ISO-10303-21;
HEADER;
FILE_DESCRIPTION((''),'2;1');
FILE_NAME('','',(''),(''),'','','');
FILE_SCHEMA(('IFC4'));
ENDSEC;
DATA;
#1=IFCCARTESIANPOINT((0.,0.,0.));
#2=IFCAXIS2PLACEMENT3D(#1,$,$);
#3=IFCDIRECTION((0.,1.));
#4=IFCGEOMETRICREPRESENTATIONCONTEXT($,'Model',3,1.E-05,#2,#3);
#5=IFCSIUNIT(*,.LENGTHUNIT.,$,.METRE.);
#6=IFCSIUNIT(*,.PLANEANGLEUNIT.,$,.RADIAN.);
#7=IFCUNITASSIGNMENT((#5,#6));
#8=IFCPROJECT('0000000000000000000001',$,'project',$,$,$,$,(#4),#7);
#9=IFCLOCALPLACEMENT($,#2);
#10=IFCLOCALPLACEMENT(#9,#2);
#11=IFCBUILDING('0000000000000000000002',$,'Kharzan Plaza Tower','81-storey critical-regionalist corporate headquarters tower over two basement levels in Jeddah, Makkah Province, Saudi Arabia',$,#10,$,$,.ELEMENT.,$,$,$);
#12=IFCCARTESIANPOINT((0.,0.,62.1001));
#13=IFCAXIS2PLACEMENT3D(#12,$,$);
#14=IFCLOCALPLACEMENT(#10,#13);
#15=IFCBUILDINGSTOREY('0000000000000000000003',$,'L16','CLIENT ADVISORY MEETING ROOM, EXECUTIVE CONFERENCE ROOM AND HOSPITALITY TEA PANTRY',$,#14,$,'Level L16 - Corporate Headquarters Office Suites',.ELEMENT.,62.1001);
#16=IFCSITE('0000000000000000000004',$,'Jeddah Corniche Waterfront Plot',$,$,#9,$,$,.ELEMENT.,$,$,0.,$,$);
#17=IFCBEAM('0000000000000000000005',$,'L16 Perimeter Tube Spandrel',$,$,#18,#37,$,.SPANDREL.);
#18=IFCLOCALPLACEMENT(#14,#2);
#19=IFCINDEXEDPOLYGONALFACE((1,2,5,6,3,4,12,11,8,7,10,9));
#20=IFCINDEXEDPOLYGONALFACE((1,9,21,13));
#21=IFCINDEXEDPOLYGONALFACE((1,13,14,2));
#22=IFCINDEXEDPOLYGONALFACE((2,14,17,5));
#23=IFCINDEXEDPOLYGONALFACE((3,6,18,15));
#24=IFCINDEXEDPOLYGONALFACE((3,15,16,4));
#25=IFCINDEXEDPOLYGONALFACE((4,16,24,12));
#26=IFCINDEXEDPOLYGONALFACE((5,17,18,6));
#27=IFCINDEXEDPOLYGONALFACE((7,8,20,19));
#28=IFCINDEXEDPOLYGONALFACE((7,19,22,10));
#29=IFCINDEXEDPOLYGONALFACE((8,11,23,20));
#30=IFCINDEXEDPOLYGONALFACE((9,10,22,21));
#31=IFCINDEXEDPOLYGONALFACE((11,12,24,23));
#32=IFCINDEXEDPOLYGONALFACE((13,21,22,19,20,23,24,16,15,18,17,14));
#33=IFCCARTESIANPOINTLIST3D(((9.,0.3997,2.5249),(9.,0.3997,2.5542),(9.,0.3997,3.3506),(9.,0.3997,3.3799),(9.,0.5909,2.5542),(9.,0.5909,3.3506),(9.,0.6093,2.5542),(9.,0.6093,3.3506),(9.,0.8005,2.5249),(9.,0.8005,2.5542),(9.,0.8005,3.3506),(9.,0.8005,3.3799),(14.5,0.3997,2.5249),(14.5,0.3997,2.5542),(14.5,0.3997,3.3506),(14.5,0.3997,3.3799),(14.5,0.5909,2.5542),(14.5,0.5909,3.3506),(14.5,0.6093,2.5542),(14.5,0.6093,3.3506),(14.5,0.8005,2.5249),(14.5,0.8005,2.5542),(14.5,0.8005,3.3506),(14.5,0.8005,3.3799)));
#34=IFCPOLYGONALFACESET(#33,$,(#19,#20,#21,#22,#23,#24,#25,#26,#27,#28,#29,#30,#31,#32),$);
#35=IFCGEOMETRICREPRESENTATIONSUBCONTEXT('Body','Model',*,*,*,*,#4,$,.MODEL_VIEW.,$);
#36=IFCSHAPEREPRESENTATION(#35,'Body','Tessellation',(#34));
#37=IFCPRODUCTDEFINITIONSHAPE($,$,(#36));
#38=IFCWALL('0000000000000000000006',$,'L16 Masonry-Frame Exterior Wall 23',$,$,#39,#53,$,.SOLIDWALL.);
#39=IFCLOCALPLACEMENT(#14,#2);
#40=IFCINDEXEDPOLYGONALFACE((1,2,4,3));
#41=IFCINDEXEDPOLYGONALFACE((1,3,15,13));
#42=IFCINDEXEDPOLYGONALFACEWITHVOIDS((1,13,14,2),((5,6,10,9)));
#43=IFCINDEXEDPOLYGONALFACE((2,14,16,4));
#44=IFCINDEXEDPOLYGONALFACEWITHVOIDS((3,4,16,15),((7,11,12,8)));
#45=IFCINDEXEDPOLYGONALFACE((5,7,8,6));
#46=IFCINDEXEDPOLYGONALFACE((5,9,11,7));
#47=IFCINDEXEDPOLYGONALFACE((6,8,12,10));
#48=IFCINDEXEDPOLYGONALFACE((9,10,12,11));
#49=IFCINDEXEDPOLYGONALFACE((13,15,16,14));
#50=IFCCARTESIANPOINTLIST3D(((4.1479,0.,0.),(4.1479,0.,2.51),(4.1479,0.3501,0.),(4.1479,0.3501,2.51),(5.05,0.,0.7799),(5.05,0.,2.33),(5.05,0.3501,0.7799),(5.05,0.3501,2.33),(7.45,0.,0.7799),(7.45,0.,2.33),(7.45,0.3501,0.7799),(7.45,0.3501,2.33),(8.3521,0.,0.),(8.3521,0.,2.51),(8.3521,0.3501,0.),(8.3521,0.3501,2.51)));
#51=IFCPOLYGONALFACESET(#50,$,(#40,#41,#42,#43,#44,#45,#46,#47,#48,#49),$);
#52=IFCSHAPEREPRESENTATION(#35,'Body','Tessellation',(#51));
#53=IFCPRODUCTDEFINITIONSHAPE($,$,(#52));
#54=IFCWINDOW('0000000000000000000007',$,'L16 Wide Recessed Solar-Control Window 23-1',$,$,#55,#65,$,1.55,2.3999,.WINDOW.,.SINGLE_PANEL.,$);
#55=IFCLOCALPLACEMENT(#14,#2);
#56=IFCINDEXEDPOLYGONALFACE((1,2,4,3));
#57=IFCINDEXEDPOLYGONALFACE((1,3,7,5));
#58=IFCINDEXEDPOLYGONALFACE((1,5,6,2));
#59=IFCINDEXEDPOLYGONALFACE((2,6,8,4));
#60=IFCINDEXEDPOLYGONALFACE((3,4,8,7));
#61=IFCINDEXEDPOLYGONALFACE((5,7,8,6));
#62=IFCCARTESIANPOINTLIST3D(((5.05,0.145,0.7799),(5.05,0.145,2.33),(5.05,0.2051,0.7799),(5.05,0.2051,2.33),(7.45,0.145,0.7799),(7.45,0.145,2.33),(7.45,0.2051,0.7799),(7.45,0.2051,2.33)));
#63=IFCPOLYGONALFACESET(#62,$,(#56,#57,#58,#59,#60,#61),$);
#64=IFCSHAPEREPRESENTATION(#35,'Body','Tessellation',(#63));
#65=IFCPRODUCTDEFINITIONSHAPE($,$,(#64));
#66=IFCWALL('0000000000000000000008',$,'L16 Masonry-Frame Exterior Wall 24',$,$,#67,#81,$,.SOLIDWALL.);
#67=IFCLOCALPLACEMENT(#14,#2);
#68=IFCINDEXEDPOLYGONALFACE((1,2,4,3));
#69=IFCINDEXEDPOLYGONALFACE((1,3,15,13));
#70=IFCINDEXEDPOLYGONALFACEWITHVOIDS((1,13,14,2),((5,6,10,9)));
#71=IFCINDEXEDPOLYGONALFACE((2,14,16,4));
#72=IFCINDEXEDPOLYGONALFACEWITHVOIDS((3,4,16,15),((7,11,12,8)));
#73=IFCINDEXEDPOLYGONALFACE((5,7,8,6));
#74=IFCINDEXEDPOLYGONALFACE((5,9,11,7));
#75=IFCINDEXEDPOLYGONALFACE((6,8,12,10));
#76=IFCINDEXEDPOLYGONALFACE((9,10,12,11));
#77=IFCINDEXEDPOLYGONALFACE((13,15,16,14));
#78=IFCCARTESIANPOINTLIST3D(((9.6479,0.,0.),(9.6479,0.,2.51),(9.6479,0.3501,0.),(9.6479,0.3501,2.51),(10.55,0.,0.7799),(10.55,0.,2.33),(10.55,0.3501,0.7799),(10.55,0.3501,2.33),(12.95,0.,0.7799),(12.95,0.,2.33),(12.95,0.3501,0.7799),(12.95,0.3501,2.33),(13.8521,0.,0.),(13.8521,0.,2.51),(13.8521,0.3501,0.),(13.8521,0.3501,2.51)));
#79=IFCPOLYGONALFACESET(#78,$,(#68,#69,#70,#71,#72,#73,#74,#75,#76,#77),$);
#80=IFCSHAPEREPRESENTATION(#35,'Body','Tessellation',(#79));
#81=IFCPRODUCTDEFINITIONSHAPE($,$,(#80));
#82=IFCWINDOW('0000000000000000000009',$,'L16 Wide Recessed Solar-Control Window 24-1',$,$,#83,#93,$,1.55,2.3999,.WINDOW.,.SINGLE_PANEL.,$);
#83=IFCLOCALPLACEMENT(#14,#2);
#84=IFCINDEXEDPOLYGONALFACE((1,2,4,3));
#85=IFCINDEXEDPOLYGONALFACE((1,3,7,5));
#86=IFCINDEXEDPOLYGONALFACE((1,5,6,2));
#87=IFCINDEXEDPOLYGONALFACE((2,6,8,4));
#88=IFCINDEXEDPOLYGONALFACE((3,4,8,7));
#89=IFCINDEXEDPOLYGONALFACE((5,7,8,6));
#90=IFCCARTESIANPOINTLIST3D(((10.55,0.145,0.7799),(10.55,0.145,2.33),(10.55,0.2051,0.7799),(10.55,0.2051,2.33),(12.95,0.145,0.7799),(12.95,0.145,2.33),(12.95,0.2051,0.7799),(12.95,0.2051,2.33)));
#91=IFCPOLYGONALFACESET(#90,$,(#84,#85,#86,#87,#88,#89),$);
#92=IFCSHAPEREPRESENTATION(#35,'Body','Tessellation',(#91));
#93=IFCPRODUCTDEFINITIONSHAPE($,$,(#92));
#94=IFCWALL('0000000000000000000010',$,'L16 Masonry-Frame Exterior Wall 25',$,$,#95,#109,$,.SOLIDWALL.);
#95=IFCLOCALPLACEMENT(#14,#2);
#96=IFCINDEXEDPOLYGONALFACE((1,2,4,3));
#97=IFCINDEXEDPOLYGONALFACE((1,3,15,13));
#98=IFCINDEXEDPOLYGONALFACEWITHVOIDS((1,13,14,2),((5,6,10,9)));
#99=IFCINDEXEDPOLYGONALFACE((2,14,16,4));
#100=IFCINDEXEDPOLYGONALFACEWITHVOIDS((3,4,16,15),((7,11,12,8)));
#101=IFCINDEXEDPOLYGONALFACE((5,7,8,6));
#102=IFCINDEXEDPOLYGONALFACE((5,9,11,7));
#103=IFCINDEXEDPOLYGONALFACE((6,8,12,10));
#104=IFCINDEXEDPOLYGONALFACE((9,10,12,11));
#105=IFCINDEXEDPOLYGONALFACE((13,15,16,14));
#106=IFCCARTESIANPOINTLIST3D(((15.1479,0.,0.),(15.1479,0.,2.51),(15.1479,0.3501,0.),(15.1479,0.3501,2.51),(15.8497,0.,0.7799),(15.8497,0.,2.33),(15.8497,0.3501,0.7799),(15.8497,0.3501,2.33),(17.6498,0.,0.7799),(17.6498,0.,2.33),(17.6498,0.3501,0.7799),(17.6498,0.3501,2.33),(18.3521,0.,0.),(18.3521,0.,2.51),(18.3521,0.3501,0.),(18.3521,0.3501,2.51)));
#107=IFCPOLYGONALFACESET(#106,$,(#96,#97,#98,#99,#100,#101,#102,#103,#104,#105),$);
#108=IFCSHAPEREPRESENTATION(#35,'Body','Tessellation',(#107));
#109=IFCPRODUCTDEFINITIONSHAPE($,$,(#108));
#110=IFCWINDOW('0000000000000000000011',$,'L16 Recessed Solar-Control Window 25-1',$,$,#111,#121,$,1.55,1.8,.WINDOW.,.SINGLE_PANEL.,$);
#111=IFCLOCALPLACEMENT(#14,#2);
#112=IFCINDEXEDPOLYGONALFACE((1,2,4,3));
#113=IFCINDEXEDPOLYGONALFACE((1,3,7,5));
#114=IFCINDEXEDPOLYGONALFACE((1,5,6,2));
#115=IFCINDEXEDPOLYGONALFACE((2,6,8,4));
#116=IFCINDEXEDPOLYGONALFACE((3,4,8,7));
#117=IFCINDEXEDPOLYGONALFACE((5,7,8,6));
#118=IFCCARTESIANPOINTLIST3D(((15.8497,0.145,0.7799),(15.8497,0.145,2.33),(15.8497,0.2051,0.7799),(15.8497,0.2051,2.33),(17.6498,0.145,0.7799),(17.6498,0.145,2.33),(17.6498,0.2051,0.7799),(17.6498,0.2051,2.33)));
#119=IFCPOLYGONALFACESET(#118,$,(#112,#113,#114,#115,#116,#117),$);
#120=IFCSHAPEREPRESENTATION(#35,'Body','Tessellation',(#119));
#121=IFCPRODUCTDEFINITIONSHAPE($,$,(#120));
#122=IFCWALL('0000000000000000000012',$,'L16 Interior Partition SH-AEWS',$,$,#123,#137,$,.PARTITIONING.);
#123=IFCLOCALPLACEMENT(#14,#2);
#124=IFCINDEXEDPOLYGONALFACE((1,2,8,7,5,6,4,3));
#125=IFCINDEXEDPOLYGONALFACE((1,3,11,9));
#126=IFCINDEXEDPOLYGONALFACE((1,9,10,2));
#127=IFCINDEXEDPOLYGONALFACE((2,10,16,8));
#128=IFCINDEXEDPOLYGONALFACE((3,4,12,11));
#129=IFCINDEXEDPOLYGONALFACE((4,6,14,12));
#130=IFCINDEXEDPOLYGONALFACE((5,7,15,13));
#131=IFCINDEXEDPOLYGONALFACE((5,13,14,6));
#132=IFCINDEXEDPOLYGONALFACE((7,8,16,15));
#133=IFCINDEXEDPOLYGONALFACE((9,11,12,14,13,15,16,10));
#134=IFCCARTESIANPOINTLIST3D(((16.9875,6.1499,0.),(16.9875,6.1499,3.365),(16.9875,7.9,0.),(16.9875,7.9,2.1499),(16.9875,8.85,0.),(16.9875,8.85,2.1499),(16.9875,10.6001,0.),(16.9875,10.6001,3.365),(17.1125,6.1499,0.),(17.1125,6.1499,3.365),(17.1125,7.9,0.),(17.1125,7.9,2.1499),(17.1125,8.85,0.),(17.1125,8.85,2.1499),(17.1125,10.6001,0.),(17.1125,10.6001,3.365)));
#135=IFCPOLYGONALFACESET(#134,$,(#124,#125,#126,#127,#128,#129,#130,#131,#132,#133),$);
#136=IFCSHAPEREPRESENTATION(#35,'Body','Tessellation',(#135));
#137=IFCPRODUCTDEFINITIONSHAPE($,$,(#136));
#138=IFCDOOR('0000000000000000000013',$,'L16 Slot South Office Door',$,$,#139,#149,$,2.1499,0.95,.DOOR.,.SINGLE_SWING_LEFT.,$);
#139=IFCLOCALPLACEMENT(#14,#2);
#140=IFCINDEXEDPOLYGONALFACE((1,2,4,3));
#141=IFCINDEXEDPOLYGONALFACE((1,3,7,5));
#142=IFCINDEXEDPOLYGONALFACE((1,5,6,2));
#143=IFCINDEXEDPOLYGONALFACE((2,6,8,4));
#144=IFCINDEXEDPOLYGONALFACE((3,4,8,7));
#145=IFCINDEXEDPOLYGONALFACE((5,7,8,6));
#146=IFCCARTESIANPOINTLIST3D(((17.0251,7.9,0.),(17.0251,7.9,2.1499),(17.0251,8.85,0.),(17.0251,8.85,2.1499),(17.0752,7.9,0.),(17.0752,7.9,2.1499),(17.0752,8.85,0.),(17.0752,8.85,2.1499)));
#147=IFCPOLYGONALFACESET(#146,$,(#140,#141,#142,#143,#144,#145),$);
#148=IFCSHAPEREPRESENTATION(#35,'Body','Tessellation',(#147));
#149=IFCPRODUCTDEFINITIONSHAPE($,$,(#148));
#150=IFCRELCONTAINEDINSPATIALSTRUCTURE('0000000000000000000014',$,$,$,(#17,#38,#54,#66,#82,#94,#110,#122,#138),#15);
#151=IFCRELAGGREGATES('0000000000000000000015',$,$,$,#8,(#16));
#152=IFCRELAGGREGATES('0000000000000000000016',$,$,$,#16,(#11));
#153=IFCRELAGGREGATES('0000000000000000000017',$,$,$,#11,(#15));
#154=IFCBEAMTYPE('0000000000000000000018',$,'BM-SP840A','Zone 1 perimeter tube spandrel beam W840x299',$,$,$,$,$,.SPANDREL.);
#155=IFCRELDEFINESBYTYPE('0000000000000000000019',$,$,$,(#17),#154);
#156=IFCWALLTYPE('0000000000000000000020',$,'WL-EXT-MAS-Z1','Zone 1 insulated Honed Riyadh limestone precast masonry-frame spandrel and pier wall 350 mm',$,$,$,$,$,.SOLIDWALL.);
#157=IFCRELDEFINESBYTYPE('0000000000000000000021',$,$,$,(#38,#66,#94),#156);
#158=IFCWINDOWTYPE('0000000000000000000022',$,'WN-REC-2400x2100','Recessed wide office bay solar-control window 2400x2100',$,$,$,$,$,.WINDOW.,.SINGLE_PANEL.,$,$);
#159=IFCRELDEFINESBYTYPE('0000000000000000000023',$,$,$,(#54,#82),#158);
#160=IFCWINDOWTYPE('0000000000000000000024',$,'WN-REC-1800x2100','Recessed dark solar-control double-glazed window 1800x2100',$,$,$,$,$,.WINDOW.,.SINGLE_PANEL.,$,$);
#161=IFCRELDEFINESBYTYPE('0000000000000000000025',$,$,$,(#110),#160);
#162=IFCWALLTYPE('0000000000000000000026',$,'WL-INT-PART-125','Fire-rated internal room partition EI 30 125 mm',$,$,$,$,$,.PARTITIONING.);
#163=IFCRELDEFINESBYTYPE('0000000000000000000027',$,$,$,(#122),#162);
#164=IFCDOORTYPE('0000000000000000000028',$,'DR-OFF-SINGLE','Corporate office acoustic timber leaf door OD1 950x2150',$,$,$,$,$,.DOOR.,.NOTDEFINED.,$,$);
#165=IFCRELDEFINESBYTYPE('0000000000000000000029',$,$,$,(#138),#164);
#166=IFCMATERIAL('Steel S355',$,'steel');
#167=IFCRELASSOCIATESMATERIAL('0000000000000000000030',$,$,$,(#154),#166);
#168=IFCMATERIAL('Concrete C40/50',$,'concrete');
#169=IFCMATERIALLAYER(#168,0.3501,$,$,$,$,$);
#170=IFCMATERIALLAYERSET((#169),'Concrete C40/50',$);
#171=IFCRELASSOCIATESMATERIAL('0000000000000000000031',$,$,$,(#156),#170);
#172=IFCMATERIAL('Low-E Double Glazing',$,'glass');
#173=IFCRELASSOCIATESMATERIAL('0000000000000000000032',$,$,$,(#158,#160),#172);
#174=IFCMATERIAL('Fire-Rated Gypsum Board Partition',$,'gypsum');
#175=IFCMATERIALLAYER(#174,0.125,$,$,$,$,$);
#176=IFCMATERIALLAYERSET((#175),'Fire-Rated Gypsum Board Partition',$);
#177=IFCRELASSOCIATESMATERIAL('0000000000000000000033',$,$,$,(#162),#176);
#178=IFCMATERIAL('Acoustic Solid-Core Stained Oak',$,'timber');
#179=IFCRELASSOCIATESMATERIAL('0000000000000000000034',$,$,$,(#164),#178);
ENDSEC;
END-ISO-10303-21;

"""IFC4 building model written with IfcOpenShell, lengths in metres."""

from ifc_helpers import new_model, si_unit, direction, frame, frame_2d, origin, origin_2d, place, context, subcontext, project, spatial, rectangle, i_section, extrude, source, transform, mapped, material, layer, layer_set, material_profile, profile_set, type_object, element, fill, save


model = new_model("IFC4")

# Units and contexts
model_context = context("Model", 3, precision=1e-05, world=origin(), true_north=direction((0.0, 1.0)))
body_context = subcontext(model_context, "Body", "Model", "MODEL_VIEW")
ifc_project = project(units=[si_unit("LENGTHUNIT", "METRE"), si_unit("PLANEANGLEUNIT", "RADIAN")], contexts=[model_context])

# Site, building, storey
site_placement = place(None, origin())
site = spatial("IfcSite", under=ifc_project, at=site_placement, Name="Jeddah Corniche Waterfront Plot", CompositionType="ELEMENT", RefElevation=0.0)
building_placement = place(site_placement, origin())
building = spatial("IfcBuilding", under=site, at=building_placement, Name="Kharzan Plaza Tower", Description="81-storey critical-regionalist corporate headquarters tower over two basement levels in Jeddah, Makkah Province, Saudi Arabia", CompositionType="ELEMENT")
storey_placement = place(building_placement, frame((0.0, 0.0, 62.1001)))
storey = spatial("IfcBuildingStorey", under=building, at=storey_placement, Name="L16", Description="CLIENT ADVISORY MEETING ROOM, EXECUTIVE CONFERENCE ROOM AND HOSPITALITY TEA PANTRY", LongName="Level L16 - Corporate Headquarters Office Suites", CompositionType="ELEMENT", Elevation=62.1001)

# Beam
ifc_material_1 = material(Name="Steel S355", Category="steel")
ifc_material_profile_1 = material_profile(ifc_material_1, i_section(OverallWidth=0.4009, OverallDepth=0.855, WebThickness=0.0183, FlangeThickness=0.0293, at=origin_2d()), Name="W840x299")
ifc_profile_set_1 = profile_set([ifc_material_profile_1], Name="Steel S355")
beam_type_1 = type_object("IfcBeamType", Name="BM-SP840A", Description="Zone 1 perimeter tube spandrel beam W840x299", PredefinedType="SPANDREL", material=ifc_profile_set_1)
shared_shape_1 = source(origin(), body_context, "Body", "SweptSolid", [
    extrude(i_section(OverallWidth=0.4009, OverallDepth=0.855, WebThickness=0.0183, FlangeThickness=0.0293, at=origin_2d()), origin(), (0.0, 0.0, 1.0), 5.5),
])
beam_1_placement = place(storey_placement, frame((9.0, 0.6001, 2.9524), z_axis=(1.0, 0.0, 0.0), x_axis=(0.0, 1.0, 0.0)))
element("IfcBeam", 1, at=beam_1_placement, inside=storey, type_object=beam_type_1, Name="L16 Perimeter Tube Spandrel", PredefinedType="SPANDREL", context=body_context, shape_type="MappedRepresentation", body=[
    mapped(shared_shape_1, transform((0.0, 0.0, 0.0), x_axis=(1.0, 0.0, 0.0), y_axis=(0.0, 1.0, 0.0), z_axis=(0.0, 0.0, 1.0))),
])

# Walls, openings, windows
ifc_material_2 = material(Name="Concrete C40/50", Category="concrete")
ifc_layer_1 = layer(ifc_material_2, 0.3501)
ifc_layer_set_1 = layer_set([ifc_layer_1], Name="Concrete C40/50")
wall_type_1 = type_object("IfcWallType", Name="WL-EXT-MAS-Z1", Description="Zone 1 insulated Honed Riyadh limestone precast masonry-frame spandrel and pier wall 350 mm", PredefinedType="SOLIDWALL", material=ifc_layer_set_1)
wall_1_placement = place(storey_placement, frame((4.1479, 0.175, 0.0), z_axis=(0.0, 0.0, 1.0), x_axis=(1.0, 0.0, 0.0)))
wall_1 = element("IfcWall", 2, at=wall_1_placement, inside=storey, type_object=wall_type_1, Name="L16 Masonry-Frame Exterior Wall 23", PredefinedType="SOLIDWALL", context=body_context, shape_type="SweptSolid", body=[
    extrude(rectangle(XDim=4.2041, YDim=0.3501, at=frame_2d((2.1021, 0.0))), origin(), (0.0, 0.0, 1.0), 2.51),
])
opening_1_placement = place(wall_1_placement, frame((0.9021, 0.0, 0.78)))
opening_1 = element("IfcOpeningElement", 3, at=opening_1_placement, cuts=wall_1, PredefinedType="OPENING", context=body_context, shape_type="SweptSolid", body=[
    extrude(rectangle(XDim=2.3999, YDim=1.55, at=frame_2d((1.2, 0.7749))), frame((0.0, 0.1851, 0.0), z_axis=(0.0, -1.0, 0.0), x_axis=(1.0, 0.0, 0.0)), (0.0, 0.0, 1.0), 0.3701),
])
ifc_material_3 = material(Name="Low-E Double Glazing", Category="glass")
window_type_1 = type_object("IfcWindowType", Name="WN-REC-2400x2100", Description="Recessed wide office bay solar-control window 2400x2100", PartitioningType="SINGLE_PANEL", PredefinedType="WINDOW", material=ifc_material_3)
shared_shape_2 = source(origin(), body_context, "Body", "SweptSolid", [
    extrude(rectangle(XDim=2.3999, YDim=1.55, at=frame_2d((1.2, 0.7749))), frame((0.0, 0.03, 0.0), z_axis=(0.0, -1.0, 0.0), x_axis=(1.0, 0.0, 0.0)), (0.0, 0.0, 1.0), 0.0601),
])
window_1_placement = place(opening_1_placement, origin())
window_1 = element("IfcWindow", 4, at=window_1_placement, inside=storey, type_object=window_type_1, Name="L16 Wide Recessed Solar-Control Window 23-1", OverallHeight=1.55, OverallWidth=2.3999, PartitioningType="SINGLE_PANEL", PredefinedType="WINDOW", context=body_context, shape_type="MappedRepresentation", body=[
    mapped(shared_shape_2, transform((0.0, 0.0, 0.0), x_axis=(1.0, 0.0, 0.0), y_axis=(0.0, 1.0, 0.0), z_axis=(0.0, 0.0, 1.0))),
])
fill(opening_1, window_1)
wall_2_placement = place(storey_placement, frame((9.6479, 0.175, 0.0), z_axis=(0.0, 0.0, 1.0), x_axis=(1.0, 0.0, 0.0)))
wall_2 = element("IfcWall", 5, at=wall_2_placement, inside=storey, type_object=wall_type_1, Name="L16 Masonry-Frame Exterior Wall 24", PredefinedType="SOLIDWALL", context=body_context, shape_type="SweptSolid", body=[
    extrude(rectangle(XDim=4.2041, YDim=0.3501, at=frame_2d((2.1021, 0.0))), origin(), (0.0, 0.0, 1.0), 2.51),
])
opening_2_placement = place(wall_2_placement, frame((0.9021, 0.0, 0.78)))
opening_2 = element("IfcOpeningElement", 6, at=opening_2_placement, cuts=wall_2, PredefinedType="OPENING", context=body_context, shape_type="SweptSolid", body=[
    extrude(rectangle(XDim=2.3999, YDim=1.55, at=frame_2d((1.2, 0.7749))), frame((0.0, 0.1851, 0.0), z_axis=(0.0, -1.0, 0.0), x_axis=(1.0, 0.0, 0.0)), (0.0, 0.0, 1.0), 0.3701),
])
window_2_placement = place(opening_2_placement, origin())
window_2 = element("IfcWindow", 7, at=window_2_placement, inside=storey, type_object=window_type_1, Name="L16 Wide Recessed Solar-Control Window 24-1", OverallHeight=1.55, OverallWidth=2.3999, PartitioningType="SINGLE_PANEL", PredefinedType="WINDOW", context=body_context, shape_type="MappedRepresentation", body=[
    mapped(shared_shape_2, transform((0.0, 0.0, 0.0), x_axis=(1.0, 0.0, 0.0), y_axis=(0.0, 1.0, 0.0), z_axis=(0.0, 0.0, 1.0))),
])
fill(opening_2, window_2)
wall_3_placement = place(storey_placement, frame((15.1479, 0.175, 0.0), z_axis=(0.0, 0.0, 1.0), x_axis=(1.0, 0.0, 0.0)))
wall_3 = element("IfcWall", 8, at=wall_3_placement, inside=storey, type_object=wall_type_1, Name="L16 Masonry-Frame Exterior Wall 25", PredefinedType="SOLIDWALL", context=body_context, shape_type="SweptSolid", body=[
    extrude(rectangle(XDim=3.2041, YDim=0.3501, at=frame_2d((1.6021, 0.0))), origin(), (0.0, 0.0, 1.0), 2.51),
])
opening_3_placement = place(wall_3_placement, frame((0.7019, 0.0, 0.78)))
opening_3 = element("IfcOpeningElement", 9, at=opening_3_placement, cuts=wall_3, PredefinedType="OPENING", context=body_context, shape_type="SweptSolid", body=[
    extrude(rectangle(XDim=1.8, YDim=1.55, at=frame_2d((0.8999, 0.7749))), frame((0.0, 0.1851, 0.0), z_axis=(0.0, -1.0, 0.0), x_axis=(1.0, 0.0, 0.0)), (0.0, 0.0, 1.0), 0.3701),
])
window_type_2 = type_object("IfcWindowType", Name="WN-REC-1800x2100", Description="Recessed dark solar-control double-glazed window 1800x2100", PartitioningType="SINGLE_PANEL", PredefinedType="WINDOW", material=ifc_material_3)
shared_shape_3 = source(origin(), body_context, "Body", "SweptSolid", [
    extrude(rectangle(XDim=1.8, YDim=1.55, at=frame_2d((0.8999, 0.7749))), frame((0.0, 0.03, 0.0), z_axis=(0.0, -1.0, 0.0), x_axis=(1.0, 0.0, 0.0)), (0.0, 0.0, 1.0), 0.0601),
])
window_3_placement = place(opening_3_placement, origin())
window_3 = element("IfcWindow", 10, at=window_3_placement, inside=storey, type_object=window_type_2, Name="L16 Recessed Solar-Control Window 25-1", OverallHeight=1.55, OverallWidth=1.8, PartitioningType="SINGLE_PANEL", PredefinedType="WINDOW", context=body_context, shape_type="MappedRepresentation", body=[
    mapped(shared_shape_3, transform((0.0, 0.0, 0.0), x_axis=(1.0, 0.0, 0.0), y_axis=(0.0, 1.0, 0.0), z_axis=(0.0, 0.0, 1.0))),
])
fill(opening_3, window_3)

# Wall, opening, door
ifc_material_4 = material(Name="Fire-Rated Gypsum Board Partition", Category="gypsum")
ifc_layer_2 = layer(ifc_material_4, 0.125)
ifc_layer_set_2 = layer_set([ifc_layer_2], Name="Fire-Rated Gypsum Board Partition")
wall_type_2 = type_object("IfcWallType", Name="WL-INT-PART-125", Description="Fire-rated internal room partition EI 30 125 mm", PredefinedType="PARTITIONING", material=ifc_layer_set_2)
wall_4_placement = place(storey_placement, frame((17.05, 6.1499, 0.0), z_axis=(0.0, 0.0, 1.0), x_axis=(0.0, 1.0, 0.0)))
wall_4 = element("IfcWall", 11, at=wall_4_placement, inside=storey, type_object=wall_type_2, Name="L16 Interior Partition SH-AEWS", PredefinedType="PARTITIONING", context=body_context, shape_type="SweptSolid", body=[
    extrude(rectangle(XDim=4.4502, YDim=0.125, at=frame_2d((2.2251, 0.0))), origin(), (0.0, 0.0, 1.0), 3.365),
])
opening_4_placement = place(wall_4_placement, frame((1.75, 0.0, 0.0)))
opening_4 = element("IfcOpeningElement", 12, at=opening_4_placement, cuts=wall_4, PredefinedType="OPENING", context=body_context, shape_type="SweptSolid", body=[
    extrude(rectangle(XDim=0.95, YDim=2.1499, at=frame_2d((0.4751, 1.075))), frame((0.0, 0.0725, 0.0), z_axis=(0.0, -1.0, 0.0), x_axis=(1.0, 0.0, 0.0)), (0.0, 0.0, 1.0), 0.145),
])
ifc_material_5 = material(Name="Acoustic Solid-Core Stained Oak", Category="timber")
door_type = type_object("IfcDoorType", Name="DR-OFF-SINGLE", Description="Corporate office acoustic timber leaf door OD1 950x2150", OperationType="NOTDEFINED", PredefinedType="DOOR", material=ifc_material_5)
shared_shape_4 = source(origin(), body_context, "Body", "SweptSolid", [
    extrude(rectangle(XDim=0.95, YDim=2.1499, at=frame_2d((0.4751, 1.075))), frame((0.0, 0.0249, 0.0), z_axis=(0.0, -1.0, 0.0), x_axis=(1.0, 0.0, 0.0)), (0.0, 0.0, 1.0), 0.05),
])
door_1_placement = place(opening_4_placement, origin())
door_1 = element("IfcDoor", 13, at=door_1_placement, inside=storey, type_object=door_type, Name="L16 Slot South Office Door", OperationType="SINGLE_SWING_LEFT", OverallHeight=2.1499, OverallWidth=0.95, PredefinedType="DOOR", context=body_context, shape_type="MappedRepresentation", body=[
    mapped(shared_shape_4, transform((0.0, 0.0, 0.0), x_axis=(1.0, 0.0, 0.0), y_axis=(0.0, 1.0, 0.0), z_axis=(0.0, 0.0, 1.0))),
])
fill(opening_4, door_1)

save(model, "model.ifc")
